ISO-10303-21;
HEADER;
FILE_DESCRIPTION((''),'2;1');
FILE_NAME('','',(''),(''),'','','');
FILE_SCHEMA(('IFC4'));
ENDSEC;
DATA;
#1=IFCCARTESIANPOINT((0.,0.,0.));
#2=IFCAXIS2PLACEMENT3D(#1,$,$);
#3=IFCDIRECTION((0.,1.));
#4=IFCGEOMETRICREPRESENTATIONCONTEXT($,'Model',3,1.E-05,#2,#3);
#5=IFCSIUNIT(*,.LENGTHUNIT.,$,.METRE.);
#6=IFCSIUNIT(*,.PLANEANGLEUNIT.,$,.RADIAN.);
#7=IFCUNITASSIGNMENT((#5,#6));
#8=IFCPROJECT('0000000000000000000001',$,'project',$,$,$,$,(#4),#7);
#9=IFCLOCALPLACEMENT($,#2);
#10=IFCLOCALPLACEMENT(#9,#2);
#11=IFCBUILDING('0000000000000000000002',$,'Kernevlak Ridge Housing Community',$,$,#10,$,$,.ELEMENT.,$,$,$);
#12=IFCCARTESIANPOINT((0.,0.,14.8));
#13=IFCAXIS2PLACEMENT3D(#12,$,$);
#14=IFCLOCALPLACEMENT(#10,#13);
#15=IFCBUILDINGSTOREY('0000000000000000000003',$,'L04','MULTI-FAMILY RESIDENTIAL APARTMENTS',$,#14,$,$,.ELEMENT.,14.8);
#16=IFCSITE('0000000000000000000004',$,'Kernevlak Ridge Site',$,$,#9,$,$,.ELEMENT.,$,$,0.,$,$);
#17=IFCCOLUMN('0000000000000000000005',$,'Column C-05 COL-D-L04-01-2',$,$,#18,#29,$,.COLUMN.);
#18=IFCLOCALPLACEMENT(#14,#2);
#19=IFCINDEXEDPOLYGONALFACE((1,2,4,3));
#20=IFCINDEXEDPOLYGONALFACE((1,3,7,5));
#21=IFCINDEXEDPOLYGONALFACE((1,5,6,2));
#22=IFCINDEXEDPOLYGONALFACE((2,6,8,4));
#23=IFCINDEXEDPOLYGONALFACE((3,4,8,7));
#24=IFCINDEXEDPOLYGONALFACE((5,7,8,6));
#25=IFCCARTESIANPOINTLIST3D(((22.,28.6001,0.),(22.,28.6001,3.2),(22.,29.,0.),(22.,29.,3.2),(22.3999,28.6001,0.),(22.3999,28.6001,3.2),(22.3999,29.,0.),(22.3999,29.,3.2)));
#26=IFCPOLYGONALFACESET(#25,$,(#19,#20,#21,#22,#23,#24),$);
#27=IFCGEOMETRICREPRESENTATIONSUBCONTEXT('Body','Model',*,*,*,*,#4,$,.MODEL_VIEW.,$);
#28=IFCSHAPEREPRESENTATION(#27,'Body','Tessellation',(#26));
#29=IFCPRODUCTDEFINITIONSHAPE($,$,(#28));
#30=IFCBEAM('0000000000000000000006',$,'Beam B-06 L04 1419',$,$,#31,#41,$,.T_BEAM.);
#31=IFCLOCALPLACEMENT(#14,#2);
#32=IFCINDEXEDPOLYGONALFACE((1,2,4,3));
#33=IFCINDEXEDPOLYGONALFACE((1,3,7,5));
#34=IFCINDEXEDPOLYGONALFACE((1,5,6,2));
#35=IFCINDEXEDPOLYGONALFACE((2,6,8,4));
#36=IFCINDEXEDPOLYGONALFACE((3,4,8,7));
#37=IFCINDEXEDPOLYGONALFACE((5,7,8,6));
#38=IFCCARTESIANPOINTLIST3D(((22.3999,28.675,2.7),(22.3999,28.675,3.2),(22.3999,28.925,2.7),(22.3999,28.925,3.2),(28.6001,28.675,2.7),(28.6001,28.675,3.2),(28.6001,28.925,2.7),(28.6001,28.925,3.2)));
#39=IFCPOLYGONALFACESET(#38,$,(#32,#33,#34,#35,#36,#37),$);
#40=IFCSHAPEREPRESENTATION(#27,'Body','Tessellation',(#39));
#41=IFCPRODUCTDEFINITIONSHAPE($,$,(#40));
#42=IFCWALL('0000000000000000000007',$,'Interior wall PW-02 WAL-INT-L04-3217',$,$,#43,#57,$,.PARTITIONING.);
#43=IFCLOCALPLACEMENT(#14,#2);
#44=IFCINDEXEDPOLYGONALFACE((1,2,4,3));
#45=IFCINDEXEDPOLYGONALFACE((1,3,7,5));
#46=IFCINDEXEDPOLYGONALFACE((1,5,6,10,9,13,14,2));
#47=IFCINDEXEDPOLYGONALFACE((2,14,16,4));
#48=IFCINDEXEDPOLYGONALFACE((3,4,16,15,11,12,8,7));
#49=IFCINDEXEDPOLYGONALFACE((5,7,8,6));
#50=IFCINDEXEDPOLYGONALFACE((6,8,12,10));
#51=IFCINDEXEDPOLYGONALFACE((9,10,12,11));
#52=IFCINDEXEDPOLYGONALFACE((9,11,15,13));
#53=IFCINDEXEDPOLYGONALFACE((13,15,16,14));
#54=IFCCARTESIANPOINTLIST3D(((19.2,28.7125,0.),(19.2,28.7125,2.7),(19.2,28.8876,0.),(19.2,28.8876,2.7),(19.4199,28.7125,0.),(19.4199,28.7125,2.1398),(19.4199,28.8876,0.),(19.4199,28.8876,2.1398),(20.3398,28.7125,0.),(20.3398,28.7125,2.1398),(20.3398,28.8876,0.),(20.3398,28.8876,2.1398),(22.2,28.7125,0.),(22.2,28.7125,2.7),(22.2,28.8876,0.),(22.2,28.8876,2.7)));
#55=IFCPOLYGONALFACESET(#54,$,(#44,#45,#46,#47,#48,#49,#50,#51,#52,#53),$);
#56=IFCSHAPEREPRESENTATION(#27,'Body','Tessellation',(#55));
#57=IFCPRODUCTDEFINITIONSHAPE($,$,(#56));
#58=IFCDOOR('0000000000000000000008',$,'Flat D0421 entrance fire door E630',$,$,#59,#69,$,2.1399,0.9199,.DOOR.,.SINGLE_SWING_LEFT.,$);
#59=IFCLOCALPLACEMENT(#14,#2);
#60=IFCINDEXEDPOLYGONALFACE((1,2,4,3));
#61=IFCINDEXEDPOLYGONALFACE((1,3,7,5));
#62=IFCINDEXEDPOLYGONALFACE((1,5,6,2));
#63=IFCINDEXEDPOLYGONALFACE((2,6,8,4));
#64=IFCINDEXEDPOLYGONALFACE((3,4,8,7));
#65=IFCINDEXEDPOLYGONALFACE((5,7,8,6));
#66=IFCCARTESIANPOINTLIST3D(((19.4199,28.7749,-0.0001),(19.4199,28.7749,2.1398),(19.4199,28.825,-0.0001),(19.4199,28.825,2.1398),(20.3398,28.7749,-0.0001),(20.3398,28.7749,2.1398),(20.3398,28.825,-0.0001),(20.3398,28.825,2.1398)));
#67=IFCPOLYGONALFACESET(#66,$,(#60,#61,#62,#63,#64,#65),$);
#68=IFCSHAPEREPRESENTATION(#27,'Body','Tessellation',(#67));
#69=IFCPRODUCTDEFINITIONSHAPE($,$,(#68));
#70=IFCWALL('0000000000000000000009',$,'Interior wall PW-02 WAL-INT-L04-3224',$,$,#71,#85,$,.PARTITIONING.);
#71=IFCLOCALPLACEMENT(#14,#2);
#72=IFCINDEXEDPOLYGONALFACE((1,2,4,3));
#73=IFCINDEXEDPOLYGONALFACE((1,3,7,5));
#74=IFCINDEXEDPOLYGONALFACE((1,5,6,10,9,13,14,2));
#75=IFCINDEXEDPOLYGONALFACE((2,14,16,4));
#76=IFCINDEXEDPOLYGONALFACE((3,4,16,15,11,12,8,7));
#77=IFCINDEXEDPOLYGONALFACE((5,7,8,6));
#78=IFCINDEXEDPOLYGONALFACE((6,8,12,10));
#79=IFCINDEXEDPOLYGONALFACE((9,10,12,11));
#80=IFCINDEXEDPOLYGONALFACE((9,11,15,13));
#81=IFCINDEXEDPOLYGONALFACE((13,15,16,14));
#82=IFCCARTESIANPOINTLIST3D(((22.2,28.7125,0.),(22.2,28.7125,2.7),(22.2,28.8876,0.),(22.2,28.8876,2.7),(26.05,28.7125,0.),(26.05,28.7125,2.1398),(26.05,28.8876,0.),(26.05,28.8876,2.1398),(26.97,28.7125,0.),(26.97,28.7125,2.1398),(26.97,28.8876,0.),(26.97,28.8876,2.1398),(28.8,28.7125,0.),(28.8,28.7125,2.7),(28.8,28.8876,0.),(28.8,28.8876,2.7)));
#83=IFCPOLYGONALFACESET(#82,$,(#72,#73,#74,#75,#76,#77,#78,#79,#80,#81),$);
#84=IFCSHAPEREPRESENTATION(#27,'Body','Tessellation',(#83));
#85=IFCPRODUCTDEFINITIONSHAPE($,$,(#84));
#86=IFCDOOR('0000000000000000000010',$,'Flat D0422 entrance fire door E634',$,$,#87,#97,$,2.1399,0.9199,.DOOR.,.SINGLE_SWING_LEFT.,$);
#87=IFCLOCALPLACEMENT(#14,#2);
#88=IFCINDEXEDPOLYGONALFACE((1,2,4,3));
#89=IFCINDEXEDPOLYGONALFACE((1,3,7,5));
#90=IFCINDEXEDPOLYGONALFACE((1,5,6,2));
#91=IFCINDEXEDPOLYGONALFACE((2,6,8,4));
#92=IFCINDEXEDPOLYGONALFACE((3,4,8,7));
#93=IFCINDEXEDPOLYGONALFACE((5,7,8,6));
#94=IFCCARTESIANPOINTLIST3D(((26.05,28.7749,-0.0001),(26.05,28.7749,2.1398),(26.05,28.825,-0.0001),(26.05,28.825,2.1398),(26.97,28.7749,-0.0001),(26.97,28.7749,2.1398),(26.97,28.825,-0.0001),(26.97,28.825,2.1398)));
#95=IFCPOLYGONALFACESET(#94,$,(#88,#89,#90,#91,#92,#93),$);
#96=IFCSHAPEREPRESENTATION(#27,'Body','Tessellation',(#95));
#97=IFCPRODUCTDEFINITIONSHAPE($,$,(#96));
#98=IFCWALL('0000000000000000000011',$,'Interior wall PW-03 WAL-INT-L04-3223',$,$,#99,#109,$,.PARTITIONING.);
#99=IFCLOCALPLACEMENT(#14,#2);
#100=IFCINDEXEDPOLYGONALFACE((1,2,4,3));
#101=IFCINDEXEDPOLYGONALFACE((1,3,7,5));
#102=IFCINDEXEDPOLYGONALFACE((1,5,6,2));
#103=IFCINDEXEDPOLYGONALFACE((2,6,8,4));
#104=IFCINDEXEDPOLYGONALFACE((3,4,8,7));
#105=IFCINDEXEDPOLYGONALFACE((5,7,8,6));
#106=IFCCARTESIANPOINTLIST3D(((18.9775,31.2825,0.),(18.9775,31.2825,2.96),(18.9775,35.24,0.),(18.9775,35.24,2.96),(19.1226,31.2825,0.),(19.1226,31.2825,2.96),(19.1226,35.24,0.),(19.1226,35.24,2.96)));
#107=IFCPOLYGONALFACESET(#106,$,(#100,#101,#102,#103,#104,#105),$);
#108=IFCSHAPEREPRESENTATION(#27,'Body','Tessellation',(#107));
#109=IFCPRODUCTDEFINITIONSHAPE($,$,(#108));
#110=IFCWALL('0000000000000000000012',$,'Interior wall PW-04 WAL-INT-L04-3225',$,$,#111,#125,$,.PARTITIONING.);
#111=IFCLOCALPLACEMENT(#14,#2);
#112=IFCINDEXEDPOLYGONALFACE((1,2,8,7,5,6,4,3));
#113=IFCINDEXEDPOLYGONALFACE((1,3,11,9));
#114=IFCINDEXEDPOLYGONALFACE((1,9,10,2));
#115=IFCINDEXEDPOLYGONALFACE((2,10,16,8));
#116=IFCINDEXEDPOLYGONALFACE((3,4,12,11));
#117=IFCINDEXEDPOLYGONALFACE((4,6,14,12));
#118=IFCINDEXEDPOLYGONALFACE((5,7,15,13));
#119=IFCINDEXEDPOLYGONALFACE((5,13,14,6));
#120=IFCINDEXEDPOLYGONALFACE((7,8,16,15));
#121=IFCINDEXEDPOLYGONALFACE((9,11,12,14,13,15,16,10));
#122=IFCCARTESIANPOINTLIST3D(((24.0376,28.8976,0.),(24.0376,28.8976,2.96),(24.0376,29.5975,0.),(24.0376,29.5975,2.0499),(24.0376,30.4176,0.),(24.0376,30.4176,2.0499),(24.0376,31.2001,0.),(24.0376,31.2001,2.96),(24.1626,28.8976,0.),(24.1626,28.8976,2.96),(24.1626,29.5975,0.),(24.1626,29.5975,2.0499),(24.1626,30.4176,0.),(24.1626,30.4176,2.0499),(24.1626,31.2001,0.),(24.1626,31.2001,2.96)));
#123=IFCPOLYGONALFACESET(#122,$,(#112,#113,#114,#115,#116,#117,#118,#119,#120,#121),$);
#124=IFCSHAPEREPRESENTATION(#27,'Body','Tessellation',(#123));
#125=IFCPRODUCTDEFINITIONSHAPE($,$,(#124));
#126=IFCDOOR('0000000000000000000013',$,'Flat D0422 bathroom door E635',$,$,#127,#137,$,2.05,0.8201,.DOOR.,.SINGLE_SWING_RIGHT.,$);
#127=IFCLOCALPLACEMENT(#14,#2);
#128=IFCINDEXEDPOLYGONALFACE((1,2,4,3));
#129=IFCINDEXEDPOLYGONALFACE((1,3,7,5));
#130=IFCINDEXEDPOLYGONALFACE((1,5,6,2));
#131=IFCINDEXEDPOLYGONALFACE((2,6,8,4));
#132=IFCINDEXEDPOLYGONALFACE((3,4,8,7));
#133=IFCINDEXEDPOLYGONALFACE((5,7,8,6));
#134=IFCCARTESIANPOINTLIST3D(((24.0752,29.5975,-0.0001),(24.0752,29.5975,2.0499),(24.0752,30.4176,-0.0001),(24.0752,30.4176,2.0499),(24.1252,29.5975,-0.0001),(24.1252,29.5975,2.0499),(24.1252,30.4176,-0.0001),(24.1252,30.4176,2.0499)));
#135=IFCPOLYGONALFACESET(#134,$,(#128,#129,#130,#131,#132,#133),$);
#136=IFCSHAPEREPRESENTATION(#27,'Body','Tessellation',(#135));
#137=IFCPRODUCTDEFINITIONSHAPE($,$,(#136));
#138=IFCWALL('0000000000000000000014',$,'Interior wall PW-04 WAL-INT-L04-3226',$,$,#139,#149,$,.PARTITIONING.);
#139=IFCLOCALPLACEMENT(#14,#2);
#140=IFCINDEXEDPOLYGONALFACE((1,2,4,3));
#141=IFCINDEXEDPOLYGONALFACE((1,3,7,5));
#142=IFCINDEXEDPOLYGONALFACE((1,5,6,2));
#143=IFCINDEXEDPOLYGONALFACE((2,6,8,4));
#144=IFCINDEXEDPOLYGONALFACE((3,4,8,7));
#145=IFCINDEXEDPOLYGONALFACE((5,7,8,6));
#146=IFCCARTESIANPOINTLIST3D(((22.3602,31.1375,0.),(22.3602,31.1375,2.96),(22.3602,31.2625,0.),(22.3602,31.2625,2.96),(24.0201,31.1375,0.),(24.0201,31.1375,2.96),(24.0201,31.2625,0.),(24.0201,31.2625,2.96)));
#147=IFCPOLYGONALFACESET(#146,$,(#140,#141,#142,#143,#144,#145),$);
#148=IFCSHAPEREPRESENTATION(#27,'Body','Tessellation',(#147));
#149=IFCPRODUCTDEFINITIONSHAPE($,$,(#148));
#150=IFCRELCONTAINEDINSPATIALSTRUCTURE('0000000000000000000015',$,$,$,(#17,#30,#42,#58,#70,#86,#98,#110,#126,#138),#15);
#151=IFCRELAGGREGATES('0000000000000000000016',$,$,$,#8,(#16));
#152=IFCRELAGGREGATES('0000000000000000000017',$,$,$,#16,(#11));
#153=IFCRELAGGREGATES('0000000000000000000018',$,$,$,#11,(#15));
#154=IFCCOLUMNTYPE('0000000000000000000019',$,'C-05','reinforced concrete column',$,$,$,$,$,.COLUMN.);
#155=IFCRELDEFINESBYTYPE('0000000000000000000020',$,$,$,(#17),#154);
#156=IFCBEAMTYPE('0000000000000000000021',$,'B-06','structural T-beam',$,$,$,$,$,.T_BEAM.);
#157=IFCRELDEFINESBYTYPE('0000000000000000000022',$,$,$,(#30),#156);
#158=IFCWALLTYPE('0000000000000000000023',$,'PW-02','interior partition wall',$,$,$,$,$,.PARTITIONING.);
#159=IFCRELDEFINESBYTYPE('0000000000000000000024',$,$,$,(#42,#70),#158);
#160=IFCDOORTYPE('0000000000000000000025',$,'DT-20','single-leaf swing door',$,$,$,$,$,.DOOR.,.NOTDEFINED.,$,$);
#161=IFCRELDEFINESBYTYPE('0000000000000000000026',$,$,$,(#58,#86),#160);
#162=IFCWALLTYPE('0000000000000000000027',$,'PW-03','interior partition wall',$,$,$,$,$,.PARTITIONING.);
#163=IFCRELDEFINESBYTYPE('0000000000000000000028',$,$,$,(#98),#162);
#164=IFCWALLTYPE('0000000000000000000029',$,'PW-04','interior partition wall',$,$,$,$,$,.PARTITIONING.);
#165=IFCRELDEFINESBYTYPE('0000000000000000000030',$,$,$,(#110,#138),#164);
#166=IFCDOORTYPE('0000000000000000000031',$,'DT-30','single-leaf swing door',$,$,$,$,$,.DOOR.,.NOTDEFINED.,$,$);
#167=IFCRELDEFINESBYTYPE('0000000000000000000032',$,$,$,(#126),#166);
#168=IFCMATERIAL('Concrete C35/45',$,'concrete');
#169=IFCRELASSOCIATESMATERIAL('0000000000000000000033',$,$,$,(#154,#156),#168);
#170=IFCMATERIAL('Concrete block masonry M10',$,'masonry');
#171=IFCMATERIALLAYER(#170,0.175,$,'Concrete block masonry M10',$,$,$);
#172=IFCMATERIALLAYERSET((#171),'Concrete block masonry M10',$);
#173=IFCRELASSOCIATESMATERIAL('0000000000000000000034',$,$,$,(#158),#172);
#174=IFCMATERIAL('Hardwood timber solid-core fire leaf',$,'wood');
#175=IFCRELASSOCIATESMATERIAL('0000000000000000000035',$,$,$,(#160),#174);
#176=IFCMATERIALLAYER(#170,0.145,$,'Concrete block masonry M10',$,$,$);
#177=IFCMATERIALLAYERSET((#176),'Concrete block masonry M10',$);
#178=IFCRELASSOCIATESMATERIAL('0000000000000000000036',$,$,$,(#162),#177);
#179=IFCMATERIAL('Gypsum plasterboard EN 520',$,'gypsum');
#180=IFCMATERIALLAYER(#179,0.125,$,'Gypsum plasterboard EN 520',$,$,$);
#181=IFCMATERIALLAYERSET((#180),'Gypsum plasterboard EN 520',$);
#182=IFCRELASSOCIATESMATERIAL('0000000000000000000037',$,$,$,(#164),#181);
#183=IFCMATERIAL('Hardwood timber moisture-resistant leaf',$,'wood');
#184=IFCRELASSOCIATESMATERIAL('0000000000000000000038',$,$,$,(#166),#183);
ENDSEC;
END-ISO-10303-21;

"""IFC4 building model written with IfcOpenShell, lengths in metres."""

from ifc_helpers import new_model, si_unit, direction, frame, frame_2d, origin, origin_2d, place, context, subcontext, project, spatial, rectangle, extrude, material, layer, layer_set, material_profile, profile_set, type_object, element, fill, save


model = new_model("IFC4")

# Units and contexts
model_context = context("Model", 3, precision=1e-05, world=origin(), true_north=direction((0.0, 1.0)))
body_context = subcontext(model_context, "Body", "Model", "MODEL_VIEW")
ifc_project = project(units=[si_unit("LENGTHUNIT", "METRE"), si_unit("PLANEANGLEUNIT", "RADIAN")], contexts=[model_context])

# Site, building, storey
site_placement = place(None, origin())
site = spatial("IfcSite", under=ifc_project, at=site_placement, Name="Kernevlak Ridge Site", CompositionType="ELEMENT", RefElevation=0.0)
building_placement = place(site_placement, origin())
building = spatial("IfcBuilding", under=site, at=building_placement, Name="Kernevlak Ridge Housing Community", CompositionType="ELEMENT")
storey_placement = place(building_placement, frame((0.0, 0.0, 14.8)))
storey = spatial("IfcBuildingStorey", under=building, at=storey_placement, Name="L04", Description="MULTI-FAMILY RESIDENTIAL APARTMENTS", CompositionType="ELEMENT", Elevation=14.8)

# Column
ifc_material_1 = material(Name="Concrete C35/45", Category="concrete")
ifc_material_profile_1 = material_profile(ifc_material_1, rectangle(XDim=0.3999, YDim=0.3999, at=origin_2d()), Name="RC 400x400")
ifc_profile_set_1 = profile_set([ifc_material_profile_1], Name="Concrete C35/45")
column_type = type_object("IfcColumnType", Name="C-05", Description="reinforced concrete column", PredefinedType="COLUMN", material=ifc_profile_set_1)
column_placement = place(storey_placement, frame((22.2, 28.8, 0.0), z_axis=(0.0, 0.0, 1.0), x_axis=(1.0, 0.0, 0.0)))
element("IfcColumn", 1, at=column_placement, inside=storey, type_object=column_type, Name="Column C-05 COL-D-L04-01-2", PredefinedType="COLUMN", context=body_context, shape_type="SweptSolid", body=[
    extrude(rectangle(XDim=0.3999, YDim=0.3999, at=origin_2d()), origin(), (0.0, 0.0, 1.0), 3.2),
])

# Beam
ifc_material_profile_2 = material_profile(ifc_material_1, rectangle(XDim=0.25, YDim=0.5, at=origin_2d()), Name="RC 250x500")
ifc_profile_set_2 = profile_set([ifc_material_profile_2], Name="Concrete C35/45")
beam_type = type_object("IfcBeamType", Name="B-06", Description="structural T-beam", PredefinedType="T_BEAM", material=ifc_profile_set_2)
beam_placement = place(storey_placement, frame((22.3999, 28.8, 2.95), z_axis=(1.0, 0.0, 0.0), x_axis=(0.0, 1.0, 0.0)))
element("IfcBeam", 2, at=beam_placement, inside=storey, type_object=beam_type, Name="Beam B-06 L04 1419", PredefinedType="T_BEAM", context=body_context, shape_type="SweptSolid", body=[
    extrude(rectangle(XDim=0.25, YDim=0.5, at=origin_2d()), origin(), (0.0, 0.0, 1.0), 6.2002),
])

# Walls, openings, doors
ifc_material_2 = material(Name="Concrete block masonry M10", Category="masonry")
ifc_layer_1 = layer(ifc_material_2, 0.175, Name="Concrete block masonry M10")
ifc_layer_set_1 = layer_set([ifc_layer_1], Name="Concrete block masonry M10")
wall_type_1 = type_object("IfcWallType", Name="PW-02", Description="interior partition wall", PredefinedType="PARTITIONING", material=ifc_layer_set_1)
wall_1_placement = place(storey_placement, frame((19.2, 28.8, 0.0), z_axis=(0.0, 0.0, 1.0), x_axis=(1.0, 0.0, 0.0)))
wall_1 = element("IfcWall", 3, at=wall_1_placement, inside=storey, type_object=wall_type_1, Name="Interior wall PW-02 WAL-INT-L04-3217", PredefinedType="PARTITIONING", context=body_context, shape_type="SweptSolid", body=[
    extrude(rectangle(XDim=3.0, YDim=0.175, at=frame_2d((1.5, 0.0))), origin(), (0.0, 0.0, 1.0), 2.7),
])
opening_1_placement = place(wall_1_placement, frame((0.22, 0.0, 0.0)))
opening_1 = element("IfcOpeningElement", 4, at=opening_1_placement, cuts=wall_1, PredefinedType="OPENING", context=body_context, shape_type="SweptSolid", body=[
    extrude(rectangle(XDim=0.9199, YDim=2.1399, at=frame_2d((0.46, 1.0698))), frame((0.0, 0.0974, 0.0), z_axis=(0.0, -1.0, 0.0), x_axis=(1.0, 0.0, 0.0)), (0.0, 0.0, 1.0), 0.1951),
])
ifc_material_3 = material(Name="Hardwood timber solid-core fire leaf", Category="wood")
door_type_1 = type_object("IfcDoorType", Name="DT-20", Description="single-leaf swing door", OperationType="NOTDEFINED", PredefinedType="DOOR", material=ifc_material_3)
door_1_placement = place(opening_1_placement, origin())
door_1 = element("IfcDoor", 5, at=door_1_placement, inside=storey, type_object=door_type_1, Name="Flat D0421 entrance fire door E630", OperationType="SINGLE_SWING_LEFT", OverallHeight=2.1399, OverallWidth=0.9199, PredefinedType="DOOR", context=body_context, shape_type="SweptSolid", body=[
    extrude(rectangle(XDim=0.9199, YDim=2.1399, at=frame_2d((0.46, 1.0698))), frame((0.0, 0.0249, 0.0), z_axis=(0.0, -1.0, 0.0), x_axis=(1.0, 0.0, 0.0)), (0.0, 0.0, 1.0), 0.05),
])
fill(opening_1, door_1)
wall_2_placement = place(storey_placement, frame((22.2, 28.8, 0.0), z_axis=(0.0, 0.0, 1.0), x_axis=(1.0, 0.0, 0.0)))
wall_2 = element("IfcWall", 6, at=wall_2_placement, inside=storey, type_object=wall_type_1, Name="Interior wall PW-02 WAL-INT-L04-3224", PredefinedType="PARTITIONING", context=body_context, shape_type="SweptSolid", body=[
    extrude(rectangle(XDim=6.6001, YDim=0.175, at=frame_2d((3.3, 0.0))), origin(), (0.0, 0.0, 1.0), 2.7),
])
opening_2_placement = place(wall_2_placement, frame((3.8501, 0.0, 0.0)))
opening_2 = element("IfcOpeningElement", 7, at=opening_2_placement, cuts=wall_2, PredefinedType="OPENING", context=body_context, shape_type="SweptSolid", body=[
    extrude(rectangle(XDim=0.9199, YDim=2.1399, at=frame_2d((0.46, 1.0698))), frame((0.0, 0.0974, 0.0), z_axis=(0.0, -1.0, 0.0), x_axis=(1.0, 0.0, 0.0)), (0.0, 0.0, 1.0), 0.1951),
])
door_2_placement = place(opening_2_placement, origin())
door_2 = element("IfcDoor", 8, at=door_2_placement, inside=storey, type_object=door_type_1, Name="Flat D0422 entrance fire door E634", OperationType="SINGLE_SWING_LEFT", OverallHeight=2.1399, OverallWidth=0.9199, PredefinedType="DOOR", context=body_context, shape_type="SweptSolid", body=[
    extrude(rectangle(XDim=0.9199, YDim=2.1399, at=frame_2d((0.46, 1.0698))), frame((0.0, 0.0249, 0.0), z_axis=(0.0, -1.0, 0.0), x_axis=(1.0, 0.0, 0.0)), (0.0, 0.0, 1.0), 0.05),
])
fill(opening_2, door_2)

# Wall
ifc_layer_2 = layer(ifc_material_2, 0.145, Name="Concrete block masonry M10")
ifc_layer_set_2 = layer_set([ifc_layer_2], Name="Concrete block masonry M10")
wall_type_2 = type_object("IfcWallType", Name="PW-03", Description="interior partition wall", PredefinedType="PARTITIONING", material=ifc_layer_set_2)
wall_3_placement = place(storey_placement, frame((19.05, 31.2825, 0.0), z_axis=(0.0, 0.0, 1.0), x_axis=(0.0, 1.0, 0.0)))
element("IfcWall", 9, at=wall_3_placement, inside=storey, type_object=wall_type_2, Name="Interior wall PW-03 WAL-INT-L04-3223", PredefinedType="PARTITIONING", context=body_context, shape_type="SweptSolid", body=[
    extrude(rectangle(XDim=3.9575, YDim=0.145, at=frame_2d((1.9788, 0.0))), origin(), (0.0, 0.0, 1.0), 2.96),
])

# Wall, opening, door
ifc_material_4 = material(Name="Gypsum plasterboard EN 520", Category="gypsum")
ifc_layer_3 = layer(ifc_material_4, 0.125, Name="Gypsum plasterboard EN 520")
ifc_layer_set_3 = layer_set([ifc_layer_3], Name="Gypsum plasterboard EN 520")
wall_type_3 = type_object("IfcWallType", Name="PW-04", Description="interior partition wall", PredefinedType="PARTITIONING", material=ifc_layer_set_3)
wall_4_placement = place(storey_placement, frame((24.1001, 28.8975, 0.0), z_axis=(0.0, 0.0, 1.0), x_axis=(0.0, 1.0, 0.0)))
wall_4 = element("IfcWall", 10, at=wall_4_placement, inside=storey, type_object=wall_type_3, Name="Interior wall PW-04 WAL-INT-L04-3225", PredefinedType="PARTITIONING", context=body_context, shape_type="SweptSolid", body=[
    extrude(rectangle(XDim=2.3025, YDim=0.125, at=frame_2d((1.1514, 0.0))), origin(), (0.0, 0.0, 1.0), 2.96),
])
opening_3_placement = place(wall_4_placement, frame((0.7, 0.0, 0.0)))
opening_3 = element("IfcOpeningElement", 11, at=opening_3_placement, cuts=wall_4, PredefinedType="OPENING", context=body_context, shape_type="SweptSolid", body=[
    extrude(rectangle(XDim=0.8201, YDim=2.05, at=frame_2d((0.4102, 1.0249))), frame((0.0, 0.0725, 0.0), z_axis=(0.0, -1.0, 0.0), x_axis=(1.0, 0.0, 0.0)), (0.0, 0.0, 1.0), 0.145),
])
ifc_material_5 = material(Name="Hardwood timber moisture-resistant leaf", Category="wood")
door_type_2 = type_object("IfcDoorType", Name="DT-30", Description="single-leaf swing door", OperationType="NOTDEFINED", PredefinedType="DOOR", material=ifc_material_5)
door_3_placement = place(opening_3_placement, origin())
door_3 = element("IfcDoor", 12, at=door_3_placement, inside=storey, type_object=door_type_2, Name="Flat D0422 bathroom door E635", OperationType="SINGLE_SWING_RIGHT", OverallHeight=2.05, OverallWidth=0.8201, PredefinedType="DOOR", context=body_context, shape_type="SweptSolid", body=[
    extrude(rectangle(XDim=0.8201, YDim=2.05, at=frame_2d((0.4102, 1.0249))), frame((0.0, 0.0249, 0.0), z_axis=(0.0, -1.0, 0.0), x_axis=(1.0, 0.0, 0.0)), (0.0, 0.0, 1.0), 0.05),
])
fill(opening_3, door_3)

# Wall
wall_5_placement = place(storey_placement, frame((22.3601, 31.2, 0.0), z_axis=(0.0, 0.0, 1.0), x_axis=(1.0, 0.0, 0.0)))
element("IfcWall", 13, at=wall_5_placement, inside=storey, type_object=wall_type_3, Name="Interior wall PW-04 WAL-INT-L04-3226", PredefinedType="PARTITIONING", context=body_context, shape_type="SweptSolid", body=[
    extrude(rectangle(XDim=1.6599, YDim=0.125, at=frame_2d((0.8301, 0.0))), origin(), (0.0, 0.0, 1.0), 2.96),
])

save(model, "model.ifc")
